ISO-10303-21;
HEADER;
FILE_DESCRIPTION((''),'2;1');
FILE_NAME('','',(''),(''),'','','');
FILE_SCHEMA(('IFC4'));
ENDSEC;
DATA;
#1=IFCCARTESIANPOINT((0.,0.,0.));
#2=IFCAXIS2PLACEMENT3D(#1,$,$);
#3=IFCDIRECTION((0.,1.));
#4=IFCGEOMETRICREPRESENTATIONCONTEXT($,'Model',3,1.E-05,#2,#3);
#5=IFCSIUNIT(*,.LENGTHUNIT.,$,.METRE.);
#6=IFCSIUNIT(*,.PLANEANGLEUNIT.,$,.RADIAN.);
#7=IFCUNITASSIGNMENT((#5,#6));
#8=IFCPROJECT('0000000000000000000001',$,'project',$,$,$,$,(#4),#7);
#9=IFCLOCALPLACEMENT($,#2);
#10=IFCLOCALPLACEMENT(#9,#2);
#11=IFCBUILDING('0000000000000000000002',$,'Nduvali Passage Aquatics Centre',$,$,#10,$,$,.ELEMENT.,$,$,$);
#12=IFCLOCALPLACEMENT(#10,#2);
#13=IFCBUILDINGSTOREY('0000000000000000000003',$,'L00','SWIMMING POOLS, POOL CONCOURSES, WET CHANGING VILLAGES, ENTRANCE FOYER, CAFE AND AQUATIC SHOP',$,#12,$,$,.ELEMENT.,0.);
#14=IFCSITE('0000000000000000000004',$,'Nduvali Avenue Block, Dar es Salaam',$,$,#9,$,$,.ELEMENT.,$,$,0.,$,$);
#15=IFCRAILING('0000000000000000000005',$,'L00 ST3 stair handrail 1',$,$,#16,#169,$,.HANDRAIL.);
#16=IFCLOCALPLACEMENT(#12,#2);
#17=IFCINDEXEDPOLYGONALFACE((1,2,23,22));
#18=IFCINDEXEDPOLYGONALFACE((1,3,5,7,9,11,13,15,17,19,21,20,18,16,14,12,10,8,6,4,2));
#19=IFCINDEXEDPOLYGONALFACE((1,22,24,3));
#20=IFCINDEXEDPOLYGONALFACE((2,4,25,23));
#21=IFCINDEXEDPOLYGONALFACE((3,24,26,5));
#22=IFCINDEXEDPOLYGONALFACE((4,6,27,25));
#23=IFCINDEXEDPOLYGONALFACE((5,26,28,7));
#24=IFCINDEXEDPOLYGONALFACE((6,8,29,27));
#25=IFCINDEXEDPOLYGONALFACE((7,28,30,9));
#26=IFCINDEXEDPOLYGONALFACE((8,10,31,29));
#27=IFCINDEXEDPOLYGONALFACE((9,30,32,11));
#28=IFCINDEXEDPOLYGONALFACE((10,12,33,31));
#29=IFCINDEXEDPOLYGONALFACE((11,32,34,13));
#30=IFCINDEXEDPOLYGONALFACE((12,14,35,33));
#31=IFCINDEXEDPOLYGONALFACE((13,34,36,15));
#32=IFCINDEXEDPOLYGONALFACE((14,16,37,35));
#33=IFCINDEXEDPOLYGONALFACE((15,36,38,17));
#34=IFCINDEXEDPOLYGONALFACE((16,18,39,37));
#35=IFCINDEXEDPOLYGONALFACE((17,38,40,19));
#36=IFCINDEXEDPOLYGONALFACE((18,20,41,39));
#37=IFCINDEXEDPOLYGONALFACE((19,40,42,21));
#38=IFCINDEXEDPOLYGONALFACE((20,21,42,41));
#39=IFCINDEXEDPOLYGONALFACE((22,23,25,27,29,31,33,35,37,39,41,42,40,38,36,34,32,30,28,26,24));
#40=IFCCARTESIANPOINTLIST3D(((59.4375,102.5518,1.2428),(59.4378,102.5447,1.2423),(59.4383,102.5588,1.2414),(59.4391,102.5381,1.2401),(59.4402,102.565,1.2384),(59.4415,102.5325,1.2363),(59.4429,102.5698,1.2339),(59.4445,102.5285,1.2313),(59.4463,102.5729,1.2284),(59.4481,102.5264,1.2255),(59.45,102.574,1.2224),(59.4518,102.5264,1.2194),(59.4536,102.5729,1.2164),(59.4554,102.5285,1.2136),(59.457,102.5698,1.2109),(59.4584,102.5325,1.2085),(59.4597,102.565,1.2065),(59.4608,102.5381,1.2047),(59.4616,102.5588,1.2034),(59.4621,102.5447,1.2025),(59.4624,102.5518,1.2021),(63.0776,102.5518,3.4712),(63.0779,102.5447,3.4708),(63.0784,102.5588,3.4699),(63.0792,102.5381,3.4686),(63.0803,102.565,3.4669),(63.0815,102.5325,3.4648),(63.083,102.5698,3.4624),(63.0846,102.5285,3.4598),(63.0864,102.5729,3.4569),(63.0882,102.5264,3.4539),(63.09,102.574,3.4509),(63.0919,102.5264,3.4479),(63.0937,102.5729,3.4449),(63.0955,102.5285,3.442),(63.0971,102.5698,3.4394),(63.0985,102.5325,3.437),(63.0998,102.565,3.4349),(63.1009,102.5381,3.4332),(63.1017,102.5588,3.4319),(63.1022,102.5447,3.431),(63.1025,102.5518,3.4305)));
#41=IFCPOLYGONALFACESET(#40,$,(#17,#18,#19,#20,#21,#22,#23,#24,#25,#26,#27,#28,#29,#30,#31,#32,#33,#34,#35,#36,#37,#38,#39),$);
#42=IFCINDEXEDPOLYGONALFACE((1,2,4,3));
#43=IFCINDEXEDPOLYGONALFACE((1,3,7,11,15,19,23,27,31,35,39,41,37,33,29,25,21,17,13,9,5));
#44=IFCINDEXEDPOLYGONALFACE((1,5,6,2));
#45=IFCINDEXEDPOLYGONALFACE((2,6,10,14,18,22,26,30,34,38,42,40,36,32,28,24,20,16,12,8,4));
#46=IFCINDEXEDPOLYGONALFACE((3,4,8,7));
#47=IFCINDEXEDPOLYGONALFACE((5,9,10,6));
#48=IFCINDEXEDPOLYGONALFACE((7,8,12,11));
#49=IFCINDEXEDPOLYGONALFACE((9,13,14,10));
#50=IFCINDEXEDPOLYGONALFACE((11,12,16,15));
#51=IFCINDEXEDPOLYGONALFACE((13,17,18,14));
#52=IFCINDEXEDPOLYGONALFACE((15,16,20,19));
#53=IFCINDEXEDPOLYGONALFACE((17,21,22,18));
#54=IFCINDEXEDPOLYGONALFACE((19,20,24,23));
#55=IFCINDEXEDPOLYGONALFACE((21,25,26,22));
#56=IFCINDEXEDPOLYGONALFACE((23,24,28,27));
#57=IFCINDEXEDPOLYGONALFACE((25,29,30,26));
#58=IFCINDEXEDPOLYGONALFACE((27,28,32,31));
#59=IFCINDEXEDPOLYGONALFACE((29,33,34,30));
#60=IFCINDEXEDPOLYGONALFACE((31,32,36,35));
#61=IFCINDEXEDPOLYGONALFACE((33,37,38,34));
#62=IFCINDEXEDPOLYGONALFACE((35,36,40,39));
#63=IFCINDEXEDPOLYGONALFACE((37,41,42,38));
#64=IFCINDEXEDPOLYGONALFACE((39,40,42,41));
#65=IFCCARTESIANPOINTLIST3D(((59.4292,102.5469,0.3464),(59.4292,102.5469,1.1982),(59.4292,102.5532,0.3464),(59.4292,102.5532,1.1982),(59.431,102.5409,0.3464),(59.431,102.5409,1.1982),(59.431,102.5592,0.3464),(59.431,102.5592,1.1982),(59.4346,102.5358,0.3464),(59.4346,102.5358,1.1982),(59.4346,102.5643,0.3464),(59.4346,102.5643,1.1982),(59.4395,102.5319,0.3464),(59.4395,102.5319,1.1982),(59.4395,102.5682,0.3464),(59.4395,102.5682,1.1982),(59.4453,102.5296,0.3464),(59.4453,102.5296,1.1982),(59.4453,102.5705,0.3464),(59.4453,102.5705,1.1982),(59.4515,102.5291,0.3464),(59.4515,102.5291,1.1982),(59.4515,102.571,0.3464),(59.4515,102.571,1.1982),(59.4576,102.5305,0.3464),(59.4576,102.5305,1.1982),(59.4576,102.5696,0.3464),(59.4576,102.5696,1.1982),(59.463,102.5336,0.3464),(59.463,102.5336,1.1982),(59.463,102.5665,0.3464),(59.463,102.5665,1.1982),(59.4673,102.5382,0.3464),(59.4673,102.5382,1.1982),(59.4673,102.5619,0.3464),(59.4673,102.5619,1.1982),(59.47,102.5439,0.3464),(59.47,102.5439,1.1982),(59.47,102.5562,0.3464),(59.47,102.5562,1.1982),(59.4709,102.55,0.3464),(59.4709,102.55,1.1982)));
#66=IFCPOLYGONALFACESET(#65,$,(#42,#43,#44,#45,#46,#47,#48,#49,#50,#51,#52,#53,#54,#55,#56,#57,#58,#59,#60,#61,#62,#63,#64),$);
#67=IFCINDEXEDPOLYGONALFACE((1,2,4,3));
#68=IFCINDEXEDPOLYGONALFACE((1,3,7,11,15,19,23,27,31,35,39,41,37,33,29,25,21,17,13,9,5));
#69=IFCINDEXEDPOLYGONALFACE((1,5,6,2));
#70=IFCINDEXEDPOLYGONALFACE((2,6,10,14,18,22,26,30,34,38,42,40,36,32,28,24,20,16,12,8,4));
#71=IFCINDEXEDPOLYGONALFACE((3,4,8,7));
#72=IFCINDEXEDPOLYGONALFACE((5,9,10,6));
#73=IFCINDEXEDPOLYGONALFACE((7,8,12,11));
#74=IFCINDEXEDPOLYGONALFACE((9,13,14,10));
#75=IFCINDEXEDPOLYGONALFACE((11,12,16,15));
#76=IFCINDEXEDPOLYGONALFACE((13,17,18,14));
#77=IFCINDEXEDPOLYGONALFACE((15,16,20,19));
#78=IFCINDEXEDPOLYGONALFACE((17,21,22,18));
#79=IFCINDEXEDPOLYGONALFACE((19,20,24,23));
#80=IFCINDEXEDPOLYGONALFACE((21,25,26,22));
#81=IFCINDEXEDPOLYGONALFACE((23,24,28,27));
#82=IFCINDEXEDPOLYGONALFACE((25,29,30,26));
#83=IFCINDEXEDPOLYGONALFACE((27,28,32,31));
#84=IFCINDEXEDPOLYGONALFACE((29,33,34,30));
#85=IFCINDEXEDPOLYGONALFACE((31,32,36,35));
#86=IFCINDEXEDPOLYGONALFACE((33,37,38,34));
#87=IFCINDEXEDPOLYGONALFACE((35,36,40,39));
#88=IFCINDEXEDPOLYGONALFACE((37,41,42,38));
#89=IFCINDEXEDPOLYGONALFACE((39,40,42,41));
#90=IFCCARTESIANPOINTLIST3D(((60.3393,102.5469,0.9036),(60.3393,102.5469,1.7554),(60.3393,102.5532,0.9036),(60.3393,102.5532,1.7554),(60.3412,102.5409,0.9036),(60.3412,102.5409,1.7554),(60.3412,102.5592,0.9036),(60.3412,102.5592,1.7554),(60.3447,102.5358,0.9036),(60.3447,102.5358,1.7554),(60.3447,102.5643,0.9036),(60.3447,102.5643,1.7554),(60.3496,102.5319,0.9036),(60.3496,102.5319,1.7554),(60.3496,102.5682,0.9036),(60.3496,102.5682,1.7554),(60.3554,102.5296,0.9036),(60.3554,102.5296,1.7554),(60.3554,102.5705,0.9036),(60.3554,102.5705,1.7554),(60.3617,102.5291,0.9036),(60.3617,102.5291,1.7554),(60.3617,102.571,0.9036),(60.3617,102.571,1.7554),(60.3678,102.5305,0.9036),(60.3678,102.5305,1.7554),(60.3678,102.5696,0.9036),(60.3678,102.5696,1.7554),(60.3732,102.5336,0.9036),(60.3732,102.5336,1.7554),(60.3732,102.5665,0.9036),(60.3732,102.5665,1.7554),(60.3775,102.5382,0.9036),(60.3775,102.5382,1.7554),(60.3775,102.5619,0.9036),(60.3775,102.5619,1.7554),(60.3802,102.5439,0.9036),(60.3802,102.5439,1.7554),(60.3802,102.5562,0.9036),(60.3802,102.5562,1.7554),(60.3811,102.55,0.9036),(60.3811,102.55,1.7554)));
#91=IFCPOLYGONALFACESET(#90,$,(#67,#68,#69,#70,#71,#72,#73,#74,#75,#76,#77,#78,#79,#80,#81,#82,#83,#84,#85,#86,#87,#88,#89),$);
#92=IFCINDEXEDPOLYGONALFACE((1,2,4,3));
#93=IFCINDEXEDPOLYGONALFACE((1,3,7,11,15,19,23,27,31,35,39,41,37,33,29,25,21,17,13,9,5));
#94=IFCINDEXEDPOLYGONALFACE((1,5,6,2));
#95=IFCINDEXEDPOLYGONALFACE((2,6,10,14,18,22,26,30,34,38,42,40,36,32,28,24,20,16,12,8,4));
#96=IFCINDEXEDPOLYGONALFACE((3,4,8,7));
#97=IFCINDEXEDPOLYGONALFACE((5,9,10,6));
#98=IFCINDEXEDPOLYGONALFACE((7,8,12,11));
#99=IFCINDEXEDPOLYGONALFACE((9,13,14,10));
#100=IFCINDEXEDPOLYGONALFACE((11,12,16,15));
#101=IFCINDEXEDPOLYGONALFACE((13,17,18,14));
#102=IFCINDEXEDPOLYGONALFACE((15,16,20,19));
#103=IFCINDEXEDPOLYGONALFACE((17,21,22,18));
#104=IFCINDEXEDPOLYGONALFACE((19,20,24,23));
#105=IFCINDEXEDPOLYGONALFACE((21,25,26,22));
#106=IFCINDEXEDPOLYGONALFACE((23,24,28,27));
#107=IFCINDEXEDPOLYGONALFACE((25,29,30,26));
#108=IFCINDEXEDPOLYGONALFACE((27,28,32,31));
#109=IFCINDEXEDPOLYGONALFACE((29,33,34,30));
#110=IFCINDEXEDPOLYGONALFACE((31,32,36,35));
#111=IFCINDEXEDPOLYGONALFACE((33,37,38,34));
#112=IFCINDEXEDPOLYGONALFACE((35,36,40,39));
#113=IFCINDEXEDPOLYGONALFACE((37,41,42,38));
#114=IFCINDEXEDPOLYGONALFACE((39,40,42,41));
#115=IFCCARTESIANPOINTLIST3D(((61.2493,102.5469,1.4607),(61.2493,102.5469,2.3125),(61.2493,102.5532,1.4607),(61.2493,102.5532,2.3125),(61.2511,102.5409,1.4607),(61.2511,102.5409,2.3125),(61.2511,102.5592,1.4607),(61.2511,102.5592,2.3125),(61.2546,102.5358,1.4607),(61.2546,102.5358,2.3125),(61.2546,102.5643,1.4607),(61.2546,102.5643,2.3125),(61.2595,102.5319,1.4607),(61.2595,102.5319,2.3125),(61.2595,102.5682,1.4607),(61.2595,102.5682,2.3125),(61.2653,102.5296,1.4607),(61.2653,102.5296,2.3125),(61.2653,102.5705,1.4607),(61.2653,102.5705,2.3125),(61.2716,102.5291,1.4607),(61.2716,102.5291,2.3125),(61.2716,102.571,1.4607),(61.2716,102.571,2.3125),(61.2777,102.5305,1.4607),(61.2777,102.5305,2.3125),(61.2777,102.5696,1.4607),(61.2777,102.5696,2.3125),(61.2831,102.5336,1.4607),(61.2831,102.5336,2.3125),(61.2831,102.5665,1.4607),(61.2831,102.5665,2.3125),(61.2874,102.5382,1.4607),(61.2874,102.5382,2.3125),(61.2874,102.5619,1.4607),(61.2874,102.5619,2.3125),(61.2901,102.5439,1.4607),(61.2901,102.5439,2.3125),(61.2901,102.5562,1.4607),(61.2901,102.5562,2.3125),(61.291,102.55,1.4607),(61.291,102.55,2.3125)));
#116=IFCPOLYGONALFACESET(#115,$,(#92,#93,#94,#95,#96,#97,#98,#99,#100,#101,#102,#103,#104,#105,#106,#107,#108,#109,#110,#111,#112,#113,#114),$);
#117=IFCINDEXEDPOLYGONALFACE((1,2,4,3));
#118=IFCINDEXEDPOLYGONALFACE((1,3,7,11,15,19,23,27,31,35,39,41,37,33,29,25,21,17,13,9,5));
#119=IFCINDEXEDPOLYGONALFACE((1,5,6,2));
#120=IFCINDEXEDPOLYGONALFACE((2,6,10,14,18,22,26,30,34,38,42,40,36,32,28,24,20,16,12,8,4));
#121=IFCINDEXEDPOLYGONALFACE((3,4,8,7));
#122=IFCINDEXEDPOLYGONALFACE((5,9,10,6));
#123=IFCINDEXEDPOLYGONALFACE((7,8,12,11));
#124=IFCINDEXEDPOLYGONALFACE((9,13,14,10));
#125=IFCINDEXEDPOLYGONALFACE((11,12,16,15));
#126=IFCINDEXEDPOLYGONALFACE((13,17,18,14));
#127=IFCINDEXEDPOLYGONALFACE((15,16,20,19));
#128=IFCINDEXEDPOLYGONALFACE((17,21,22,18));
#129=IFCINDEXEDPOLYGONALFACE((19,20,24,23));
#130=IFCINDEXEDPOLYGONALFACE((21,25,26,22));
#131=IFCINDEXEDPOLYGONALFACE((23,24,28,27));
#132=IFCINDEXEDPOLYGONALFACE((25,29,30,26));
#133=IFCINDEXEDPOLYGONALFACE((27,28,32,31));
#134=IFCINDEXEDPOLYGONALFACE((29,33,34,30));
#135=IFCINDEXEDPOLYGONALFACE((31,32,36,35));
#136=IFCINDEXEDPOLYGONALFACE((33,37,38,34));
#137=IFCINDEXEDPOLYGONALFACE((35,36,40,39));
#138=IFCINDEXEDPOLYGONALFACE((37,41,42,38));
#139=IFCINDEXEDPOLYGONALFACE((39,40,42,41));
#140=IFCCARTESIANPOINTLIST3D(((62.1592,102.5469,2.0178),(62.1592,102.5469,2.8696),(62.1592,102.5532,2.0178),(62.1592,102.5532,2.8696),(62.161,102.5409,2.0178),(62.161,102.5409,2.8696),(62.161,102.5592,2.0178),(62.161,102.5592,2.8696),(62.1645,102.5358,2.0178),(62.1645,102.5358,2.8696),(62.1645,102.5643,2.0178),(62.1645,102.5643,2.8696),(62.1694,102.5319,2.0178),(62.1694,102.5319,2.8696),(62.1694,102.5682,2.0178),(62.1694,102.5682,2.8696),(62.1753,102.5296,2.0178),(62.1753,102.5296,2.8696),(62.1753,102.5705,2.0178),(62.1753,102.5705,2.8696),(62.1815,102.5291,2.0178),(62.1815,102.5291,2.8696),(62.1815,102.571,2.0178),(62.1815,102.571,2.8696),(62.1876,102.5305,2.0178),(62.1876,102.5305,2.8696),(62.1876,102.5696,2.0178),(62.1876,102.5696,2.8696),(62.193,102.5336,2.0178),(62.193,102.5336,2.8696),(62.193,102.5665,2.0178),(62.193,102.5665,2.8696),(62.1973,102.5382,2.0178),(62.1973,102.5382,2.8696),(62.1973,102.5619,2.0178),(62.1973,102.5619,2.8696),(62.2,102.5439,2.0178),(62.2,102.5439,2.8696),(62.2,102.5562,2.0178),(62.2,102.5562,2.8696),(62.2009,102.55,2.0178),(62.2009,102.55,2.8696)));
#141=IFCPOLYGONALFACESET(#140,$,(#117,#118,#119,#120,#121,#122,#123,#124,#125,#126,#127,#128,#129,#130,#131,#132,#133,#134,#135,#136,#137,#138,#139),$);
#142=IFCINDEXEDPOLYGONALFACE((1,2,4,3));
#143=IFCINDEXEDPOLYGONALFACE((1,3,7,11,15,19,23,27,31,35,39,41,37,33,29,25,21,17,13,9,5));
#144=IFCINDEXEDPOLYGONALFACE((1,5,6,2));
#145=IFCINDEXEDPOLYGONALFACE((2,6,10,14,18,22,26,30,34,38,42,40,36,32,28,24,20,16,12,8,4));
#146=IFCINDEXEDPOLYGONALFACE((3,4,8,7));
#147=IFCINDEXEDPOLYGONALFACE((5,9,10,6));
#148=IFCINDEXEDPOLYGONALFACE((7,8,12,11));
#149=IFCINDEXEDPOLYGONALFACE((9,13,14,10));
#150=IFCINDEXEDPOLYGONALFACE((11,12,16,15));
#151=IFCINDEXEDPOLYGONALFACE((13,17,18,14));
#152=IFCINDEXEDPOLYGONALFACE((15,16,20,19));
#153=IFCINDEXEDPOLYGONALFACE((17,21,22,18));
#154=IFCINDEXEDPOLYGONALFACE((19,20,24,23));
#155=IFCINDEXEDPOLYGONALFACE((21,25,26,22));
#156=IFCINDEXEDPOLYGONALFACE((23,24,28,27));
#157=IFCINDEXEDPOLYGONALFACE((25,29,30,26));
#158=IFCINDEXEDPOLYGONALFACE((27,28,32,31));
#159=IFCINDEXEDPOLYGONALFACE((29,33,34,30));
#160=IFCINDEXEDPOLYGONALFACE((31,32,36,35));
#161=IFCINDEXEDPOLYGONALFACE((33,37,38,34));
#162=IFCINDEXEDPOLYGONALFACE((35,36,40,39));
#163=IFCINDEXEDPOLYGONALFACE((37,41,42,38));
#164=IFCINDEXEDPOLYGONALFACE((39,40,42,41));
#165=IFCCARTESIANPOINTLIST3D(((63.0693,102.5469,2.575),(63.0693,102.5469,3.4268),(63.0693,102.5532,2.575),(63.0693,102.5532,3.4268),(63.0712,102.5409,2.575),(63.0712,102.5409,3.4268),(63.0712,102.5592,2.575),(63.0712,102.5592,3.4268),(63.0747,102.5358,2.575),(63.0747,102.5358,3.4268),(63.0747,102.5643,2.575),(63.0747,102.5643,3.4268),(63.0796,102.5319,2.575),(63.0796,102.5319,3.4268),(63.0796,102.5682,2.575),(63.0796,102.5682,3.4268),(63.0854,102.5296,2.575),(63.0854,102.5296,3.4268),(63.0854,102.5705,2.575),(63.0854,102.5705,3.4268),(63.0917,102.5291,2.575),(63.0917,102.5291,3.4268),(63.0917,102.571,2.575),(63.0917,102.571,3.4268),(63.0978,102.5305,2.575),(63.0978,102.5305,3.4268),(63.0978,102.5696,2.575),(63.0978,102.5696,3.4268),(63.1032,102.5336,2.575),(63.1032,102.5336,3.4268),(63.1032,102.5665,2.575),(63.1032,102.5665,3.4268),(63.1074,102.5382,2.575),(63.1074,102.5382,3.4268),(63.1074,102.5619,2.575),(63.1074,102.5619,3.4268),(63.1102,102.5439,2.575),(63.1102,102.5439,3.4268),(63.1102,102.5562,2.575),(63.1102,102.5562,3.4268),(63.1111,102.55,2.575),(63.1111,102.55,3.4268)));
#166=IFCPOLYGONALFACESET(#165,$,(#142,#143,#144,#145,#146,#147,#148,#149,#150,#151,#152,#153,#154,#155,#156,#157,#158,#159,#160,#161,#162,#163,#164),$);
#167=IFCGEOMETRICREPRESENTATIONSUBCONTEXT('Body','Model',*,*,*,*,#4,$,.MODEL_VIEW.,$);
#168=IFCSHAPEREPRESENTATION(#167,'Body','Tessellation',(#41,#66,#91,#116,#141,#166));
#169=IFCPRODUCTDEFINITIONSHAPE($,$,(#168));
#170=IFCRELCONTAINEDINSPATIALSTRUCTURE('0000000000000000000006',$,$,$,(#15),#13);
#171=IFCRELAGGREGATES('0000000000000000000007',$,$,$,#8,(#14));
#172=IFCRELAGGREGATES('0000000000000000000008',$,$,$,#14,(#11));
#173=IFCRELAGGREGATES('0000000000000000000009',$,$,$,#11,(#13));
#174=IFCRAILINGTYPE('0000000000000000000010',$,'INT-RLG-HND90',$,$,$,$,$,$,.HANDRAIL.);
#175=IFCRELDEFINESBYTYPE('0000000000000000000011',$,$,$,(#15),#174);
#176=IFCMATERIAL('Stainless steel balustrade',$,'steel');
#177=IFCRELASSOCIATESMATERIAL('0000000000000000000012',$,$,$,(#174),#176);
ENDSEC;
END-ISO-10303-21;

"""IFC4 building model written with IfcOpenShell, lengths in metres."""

from ifc_helpers import new_model, si_unit, direction, frame, origin, origin_2d, place, context, subcontext, project, spatial, circle, extrude, material, type_object, element, save


model = new_model("IFC4")

# Units and contexts
model_context = context("Model", 3, precision=1e-05, world=origin(), true_north=direction((0.0, 1.0)))
body_context = subcontext(model_context, "Body", "Model", "MODEL_VIEW")
ifc_project = project(units=[si_unit("LENGTHUNIT", "METRE"), si_unit("PLANEANGLEUNIT", "RADIAN")], contexts=[model_context])

# Site, building, storey
site_placement = place(None, origin())
site = spatial("IfcSite", under=ifc_project, at=site_placement, Name="Nduvali Avenue Block, Dar es Salaam", CompositionType="ELEMENT", RefElevation=0.0)
building_placement = place(site_placement, origin())
building = spatial("IfcBuilding", under=site, at=building_placement, Name="Nduvali Passage Aquatics Centre", CompositionType="ELEMENT")
storey_placement = place(building_placement, origin())
storey = spatial("IfcBuildingStorey", under=building, at=storey_placement, Name="L00", Description="SWIMMING POOLS, POOL CONCOURSES, WET CHANGING VILLAGES, ENTRANCE FOYER, CAFE AND AQUATIC SHOP", CompositionType="ELEMENT", Elevation=0.0)

# Railing
ifc_material_1 = material(Name="Stainless steel balustrade", Category="steel")
railing_type_1 = type_object("IfcRailingType", Name="INT-RLG-HND90", PredefinedType="HANDRAIL", material=ifc_material_1)
railing_1_placement = place(storey_placement, frame((59.45, 102.55, 0.3464)))
element("IfcRailing", 1, at=railing_1_placement, inside=storey, type_object=railing_type_1, Name="L00 ST3 stair handrail 1", PredefinedType="HANDRAIL", context=body_context, shape_type="SweptSolid", body=[
    extrude(circle(Radius=0.0239, at=origin_2d()), frame((0.0, 0.0, 0.876), z_axis=(0.852866, 0.0, 0.52213), x_axis=(0.0, 1.0, 0.0)), (0.0, 0.0, 1.0), 4.2681),
    extrude(circle(Radius=0.021, at=origin_2d()), origin(), (0.0, 0.0, 1.0), 0.8518),
    extrude(circle(Radius=0.021, at=origin_2d()), frame((0.9102, 0.0, 0.5571)), (0.0, 0.0, 1.0), 0.8518),
    extrude(circle(Radius=0.021, at=origin_2d()), frame((1.8201, 0.0, 1.1143)), (0.0, 0.0, 1.0), 0.8518),
    extrude(circle(Radius=0.021, at=origin_2d()), frame((2.73, 0.0, 1.6714)), (0.0, 0.0, 1.0), 0.8518),
    extrude(circle(Radius=0.021, at=origin_2d()), frame((3.6401, 0.0, 2.2285)), (0.0, 0.0, 1.0), 0.8518),
])

save(model, "model.ifc")
